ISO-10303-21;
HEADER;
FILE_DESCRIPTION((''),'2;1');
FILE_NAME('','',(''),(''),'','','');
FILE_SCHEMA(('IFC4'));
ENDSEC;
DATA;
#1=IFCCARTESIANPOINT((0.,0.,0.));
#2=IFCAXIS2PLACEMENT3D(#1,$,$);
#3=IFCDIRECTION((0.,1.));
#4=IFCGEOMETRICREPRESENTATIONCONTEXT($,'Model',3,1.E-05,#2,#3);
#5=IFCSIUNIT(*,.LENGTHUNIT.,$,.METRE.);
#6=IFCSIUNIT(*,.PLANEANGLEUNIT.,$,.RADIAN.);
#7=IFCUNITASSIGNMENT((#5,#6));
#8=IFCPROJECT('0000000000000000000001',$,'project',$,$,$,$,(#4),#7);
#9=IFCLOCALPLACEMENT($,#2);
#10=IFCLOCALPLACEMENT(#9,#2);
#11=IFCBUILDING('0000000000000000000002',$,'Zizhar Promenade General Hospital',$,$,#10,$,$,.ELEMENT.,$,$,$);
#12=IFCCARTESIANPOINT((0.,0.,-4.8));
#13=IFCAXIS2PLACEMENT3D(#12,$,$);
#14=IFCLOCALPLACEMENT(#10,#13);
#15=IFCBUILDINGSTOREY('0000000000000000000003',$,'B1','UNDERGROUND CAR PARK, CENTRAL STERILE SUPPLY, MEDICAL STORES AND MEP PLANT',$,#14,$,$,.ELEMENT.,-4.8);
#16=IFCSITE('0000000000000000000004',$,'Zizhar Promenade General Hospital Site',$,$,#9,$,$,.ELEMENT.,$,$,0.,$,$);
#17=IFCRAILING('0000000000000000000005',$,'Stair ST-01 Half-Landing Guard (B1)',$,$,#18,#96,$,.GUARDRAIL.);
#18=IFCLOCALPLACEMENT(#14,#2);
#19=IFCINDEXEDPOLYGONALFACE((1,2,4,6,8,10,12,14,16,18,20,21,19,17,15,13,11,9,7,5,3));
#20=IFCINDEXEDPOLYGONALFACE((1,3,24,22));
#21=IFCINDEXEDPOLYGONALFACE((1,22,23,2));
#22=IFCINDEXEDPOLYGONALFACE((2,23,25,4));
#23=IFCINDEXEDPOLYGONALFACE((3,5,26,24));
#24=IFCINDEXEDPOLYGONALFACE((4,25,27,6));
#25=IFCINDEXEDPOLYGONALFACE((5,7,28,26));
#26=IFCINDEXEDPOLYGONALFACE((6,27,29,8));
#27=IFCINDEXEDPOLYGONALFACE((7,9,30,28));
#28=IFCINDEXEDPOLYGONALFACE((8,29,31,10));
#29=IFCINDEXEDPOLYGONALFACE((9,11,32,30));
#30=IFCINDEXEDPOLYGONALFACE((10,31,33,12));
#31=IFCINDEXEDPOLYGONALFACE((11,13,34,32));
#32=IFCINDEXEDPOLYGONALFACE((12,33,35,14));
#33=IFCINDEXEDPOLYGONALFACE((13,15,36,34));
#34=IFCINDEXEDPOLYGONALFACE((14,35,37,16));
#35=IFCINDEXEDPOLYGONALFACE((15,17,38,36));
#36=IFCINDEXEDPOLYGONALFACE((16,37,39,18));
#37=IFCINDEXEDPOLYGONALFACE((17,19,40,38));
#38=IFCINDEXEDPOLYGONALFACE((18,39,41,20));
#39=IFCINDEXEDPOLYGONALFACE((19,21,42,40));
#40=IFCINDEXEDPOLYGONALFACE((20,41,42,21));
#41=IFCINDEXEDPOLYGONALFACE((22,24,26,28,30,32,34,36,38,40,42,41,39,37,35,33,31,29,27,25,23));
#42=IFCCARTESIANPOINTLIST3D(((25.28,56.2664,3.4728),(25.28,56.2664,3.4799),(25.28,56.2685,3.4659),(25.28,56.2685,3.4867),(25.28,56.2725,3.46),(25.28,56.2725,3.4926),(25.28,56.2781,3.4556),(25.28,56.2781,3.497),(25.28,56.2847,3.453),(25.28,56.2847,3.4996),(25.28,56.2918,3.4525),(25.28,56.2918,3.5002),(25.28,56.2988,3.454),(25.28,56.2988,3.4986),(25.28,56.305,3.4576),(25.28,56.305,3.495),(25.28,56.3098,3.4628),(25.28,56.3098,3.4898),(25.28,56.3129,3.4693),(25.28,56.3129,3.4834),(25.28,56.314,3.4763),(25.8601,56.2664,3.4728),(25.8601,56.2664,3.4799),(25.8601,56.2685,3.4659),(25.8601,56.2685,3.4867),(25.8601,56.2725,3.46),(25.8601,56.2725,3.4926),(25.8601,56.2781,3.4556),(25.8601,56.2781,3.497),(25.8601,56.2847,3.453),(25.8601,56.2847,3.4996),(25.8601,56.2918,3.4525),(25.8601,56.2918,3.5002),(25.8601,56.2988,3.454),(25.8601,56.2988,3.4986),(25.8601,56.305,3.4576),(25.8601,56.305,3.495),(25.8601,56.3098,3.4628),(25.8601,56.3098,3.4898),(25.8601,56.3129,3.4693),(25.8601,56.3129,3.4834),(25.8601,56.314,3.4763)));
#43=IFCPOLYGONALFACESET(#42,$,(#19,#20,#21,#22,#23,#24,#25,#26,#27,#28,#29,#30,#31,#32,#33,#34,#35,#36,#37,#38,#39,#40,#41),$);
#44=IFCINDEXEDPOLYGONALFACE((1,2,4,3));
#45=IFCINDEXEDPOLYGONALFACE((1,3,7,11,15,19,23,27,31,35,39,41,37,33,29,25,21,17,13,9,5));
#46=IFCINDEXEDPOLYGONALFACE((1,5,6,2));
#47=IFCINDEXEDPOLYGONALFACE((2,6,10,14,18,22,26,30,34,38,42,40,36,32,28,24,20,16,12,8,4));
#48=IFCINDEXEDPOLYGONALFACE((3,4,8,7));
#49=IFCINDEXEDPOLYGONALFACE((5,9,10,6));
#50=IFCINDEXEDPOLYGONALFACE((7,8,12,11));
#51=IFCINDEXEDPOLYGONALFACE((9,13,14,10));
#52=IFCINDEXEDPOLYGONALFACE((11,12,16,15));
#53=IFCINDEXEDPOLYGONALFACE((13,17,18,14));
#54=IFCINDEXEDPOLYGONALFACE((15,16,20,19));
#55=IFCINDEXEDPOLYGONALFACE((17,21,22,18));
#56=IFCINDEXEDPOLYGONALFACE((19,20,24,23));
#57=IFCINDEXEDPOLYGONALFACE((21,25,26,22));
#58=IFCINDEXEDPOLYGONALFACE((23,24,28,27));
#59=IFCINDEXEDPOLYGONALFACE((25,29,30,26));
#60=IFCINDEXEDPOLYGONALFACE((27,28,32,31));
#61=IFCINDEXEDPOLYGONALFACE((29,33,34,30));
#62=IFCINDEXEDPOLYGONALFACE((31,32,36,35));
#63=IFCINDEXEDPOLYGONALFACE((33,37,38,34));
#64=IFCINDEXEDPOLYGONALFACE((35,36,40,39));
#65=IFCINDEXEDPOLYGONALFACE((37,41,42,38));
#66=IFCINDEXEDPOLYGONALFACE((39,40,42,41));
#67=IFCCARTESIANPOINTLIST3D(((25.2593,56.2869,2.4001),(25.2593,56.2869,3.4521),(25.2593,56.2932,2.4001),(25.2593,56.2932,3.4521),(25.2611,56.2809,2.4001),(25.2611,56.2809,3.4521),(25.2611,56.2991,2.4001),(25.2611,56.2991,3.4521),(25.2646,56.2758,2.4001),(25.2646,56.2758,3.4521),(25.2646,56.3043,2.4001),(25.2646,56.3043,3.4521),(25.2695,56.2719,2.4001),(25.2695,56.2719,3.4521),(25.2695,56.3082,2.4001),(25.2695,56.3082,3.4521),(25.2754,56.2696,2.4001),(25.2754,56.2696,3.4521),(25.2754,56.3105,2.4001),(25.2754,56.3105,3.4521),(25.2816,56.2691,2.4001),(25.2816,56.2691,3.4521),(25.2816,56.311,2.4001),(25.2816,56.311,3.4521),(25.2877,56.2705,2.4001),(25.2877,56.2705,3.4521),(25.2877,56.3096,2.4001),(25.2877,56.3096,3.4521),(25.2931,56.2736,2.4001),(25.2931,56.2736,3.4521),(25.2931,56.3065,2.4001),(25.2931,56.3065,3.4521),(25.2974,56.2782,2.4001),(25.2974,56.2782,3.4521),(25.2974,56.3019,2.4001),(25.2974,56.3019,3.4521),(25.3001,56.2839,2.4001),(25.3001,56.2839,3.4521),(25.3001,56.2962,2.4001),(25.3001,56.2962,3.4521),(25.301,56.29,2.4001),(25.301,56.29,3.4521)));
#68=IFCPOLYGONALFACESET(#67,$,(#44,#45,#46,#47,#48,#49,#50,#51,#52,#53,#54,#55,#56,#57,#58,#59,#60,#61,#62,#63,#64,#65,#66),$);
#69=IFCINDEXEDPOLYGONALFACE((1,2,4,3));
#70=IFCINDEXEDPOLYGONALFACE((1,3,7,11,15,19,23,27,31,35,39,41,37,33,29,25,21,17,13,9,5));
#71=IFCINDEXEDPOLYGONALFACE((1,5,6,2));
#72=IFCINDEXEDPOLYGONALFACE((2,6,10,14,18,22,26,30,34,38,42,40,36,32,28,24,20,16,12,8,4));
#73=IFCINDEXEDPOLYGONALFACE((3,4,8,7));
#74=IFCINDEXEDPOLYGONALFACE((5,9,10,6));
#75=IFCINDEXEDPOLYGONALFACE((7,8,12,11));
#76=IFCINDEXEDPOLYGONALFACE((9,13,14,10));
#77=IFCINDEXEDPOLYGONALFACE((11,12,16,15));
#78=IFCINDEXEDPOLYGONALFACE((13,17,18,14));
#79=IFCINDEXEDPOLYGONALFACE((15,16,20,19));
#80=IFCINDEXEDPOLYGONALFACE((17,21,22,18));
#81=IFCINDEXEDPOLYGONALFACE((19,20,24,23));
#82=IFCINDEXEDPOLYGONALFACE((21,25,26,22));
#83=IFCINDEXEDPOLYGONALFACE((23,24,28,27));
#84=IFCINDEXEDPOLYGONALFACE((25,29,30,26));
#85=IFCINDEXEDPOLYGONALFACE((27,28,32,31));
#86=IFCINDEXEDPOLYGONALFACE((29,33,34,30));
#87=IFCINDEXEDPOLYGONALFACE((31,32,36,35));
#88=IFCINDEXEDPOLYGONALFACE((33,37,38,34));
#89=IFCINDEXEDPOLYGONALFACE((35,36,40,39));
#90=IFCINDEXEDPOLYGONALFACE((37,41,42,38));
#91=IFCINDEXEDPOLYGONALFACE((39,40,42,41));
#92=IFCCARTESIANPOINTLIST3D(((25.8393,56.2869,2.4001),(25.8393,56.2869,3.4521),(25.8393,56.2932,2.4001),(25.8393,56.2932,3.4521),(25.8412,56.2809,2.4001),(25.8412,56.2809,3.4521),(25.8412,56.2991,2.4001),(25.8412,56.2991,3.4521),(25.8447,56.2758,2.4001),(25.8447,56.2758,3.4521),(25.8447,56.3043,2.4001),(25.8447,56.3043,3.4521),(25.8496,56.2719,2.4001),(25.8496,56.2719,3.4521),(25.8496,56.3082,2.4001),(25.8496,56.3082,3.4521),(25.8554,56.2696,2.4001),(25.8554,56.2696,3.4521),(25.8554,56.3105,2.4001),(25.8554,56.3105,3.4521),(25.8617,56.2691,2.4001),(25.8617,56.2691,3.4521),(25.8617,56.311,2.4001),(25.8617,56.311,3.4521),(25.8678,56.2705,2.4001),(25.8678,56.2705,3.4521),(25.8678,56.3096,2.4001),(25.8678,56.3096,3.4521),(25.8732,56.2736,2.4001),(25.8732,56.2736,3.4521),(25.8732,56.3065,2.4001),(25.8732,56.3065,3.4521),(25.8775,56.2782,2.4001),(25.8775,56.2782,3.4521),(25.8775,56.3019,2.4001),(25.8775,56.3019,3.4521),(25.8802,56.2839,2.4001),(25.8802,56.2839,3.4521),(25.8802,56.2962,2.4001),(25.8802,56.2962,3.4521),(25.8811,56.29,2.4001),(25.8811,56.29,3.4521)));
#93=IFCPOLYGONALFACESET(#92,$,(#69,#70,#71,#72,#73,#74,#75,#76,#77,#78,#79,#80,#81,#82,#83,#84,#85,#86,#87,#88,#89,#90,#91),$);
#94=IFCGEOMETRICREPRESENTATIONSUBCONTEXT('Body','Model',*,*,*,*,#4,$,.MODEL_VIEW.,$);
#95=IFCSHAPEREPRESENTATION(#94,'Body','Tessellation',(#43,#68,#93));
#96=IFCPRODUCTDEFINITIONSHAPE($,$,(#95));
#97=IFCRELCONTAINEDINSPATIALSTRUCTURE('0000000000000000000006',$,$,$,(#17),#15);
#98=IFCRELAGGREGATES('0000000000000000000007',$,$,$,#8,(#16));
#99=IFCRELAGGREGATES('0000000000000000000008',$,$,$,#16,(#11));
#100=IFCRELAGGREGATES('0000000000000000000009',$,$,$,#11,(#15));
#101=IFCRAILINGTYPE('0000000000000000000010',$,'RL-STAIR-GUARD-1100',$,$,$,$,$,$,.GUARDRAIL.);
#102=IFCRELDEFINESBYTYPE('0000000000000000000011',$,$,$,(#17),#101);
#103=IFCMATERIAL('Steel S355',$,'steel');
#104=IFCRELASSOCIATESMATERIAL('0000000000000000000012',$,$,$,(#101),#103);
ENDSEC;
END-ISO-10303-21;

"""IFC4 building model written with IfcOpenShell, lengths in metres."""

from ifc_helpers import new_model, si_unit, direction, frame, origin, origin_2d, place, context, subcontext, project, spatial, circle, hollow_circle, extrude, material, material_profile, profile_set, type_object, element, save


model = new_model("IFC4")

# Units and contexts
model_context = context("Model", 3, precision=1e-05, world=origin(), true_north=direction((0.0, 1.0)))
body_context = subcontext(model_context, "Body", "Model", "MODEL_VIEW")
ifc_project = project(units=[si_unit("LENGTHUNIT", "METRE"), si_unit("PLANEANGLEUNIT", "RADIAN")], contexts=[model_context])

# Site, building, storey
site_placement = place(None, origin())
site = spatial("IfcSite", under=ifc_project, at=site_placement, Name="Zizhar Promenade General Hospital Site", CompositionType="ELEMENT", RefElevation=0.0)
building_placement = place(site_placement, origin())
building = spatial("IfcBuilding", under=site, at=building_placement, Name="Zizhar Promenade General Hospital", CompositionType="ELEMENT")
storey_placement = place(building_placement, frame((0.0, 0.0, -4.8)))
storey = spatial("IfcBuildingStorey", under=building, at=storey_placement, Name="B1", Description="UNDERGROUND CAR PARK, CENTRAL STERILE SUPPLY, MEDICAL STORES AND MEP PLANT", CompositionType="ELEMENT", Elevation=-4.8)

# Railing
ifc_material_1 = material(Name="Steel S355", Category="steel")
ifc_material_profile_1 = material_profile(ifc_material_1, hollow_circle(Radius=0.0698, WallThickness=0.0063, at=origin_2d()))
ifc_profile_set_1 = profile_set([ifc_material_profile_1], Name="Steel S355")
railing_type_1 = type_object("IfcRailingType", Name="RL-STAIR-GUARD-1100", PredefinedType="GUARDRAIL", material=ifc_profile_set_1)
railing_1_placement = place(storey_placement, frame((25.28, 56.29, 2.4001)))
element("IfcRailing", 1, at=railing_1_placement, inside=storey, type_object=railing_type_1, Name="Stair ST-01 Half-Landing Guard (B1)", PredefinedType="GUARDRAIL", context=body_context, shape_type="SweptSolid", body=[
    extrude(circle(Radius=0.0239, at=origin_2d()), frame((0.0, 0.0, 1.0762), z_axis=(1.0, 0.0, 0.0), x_axis=(0.0, 1.0, 0.0)), (0.0, 0.0, 1.0), 0.5801),
    extrude(circle(Radius=0.021, at=origin_2d()), origin(), (0.0, 0.0, 1.0), 1.052),
    extrude(circle(Radius=0.021, at=origin_2d()), frame((0.5801, 0.0, 0.0)), (0.0, 0.0, 1.0), 1.052),
])

save(model, "model.ifc")
